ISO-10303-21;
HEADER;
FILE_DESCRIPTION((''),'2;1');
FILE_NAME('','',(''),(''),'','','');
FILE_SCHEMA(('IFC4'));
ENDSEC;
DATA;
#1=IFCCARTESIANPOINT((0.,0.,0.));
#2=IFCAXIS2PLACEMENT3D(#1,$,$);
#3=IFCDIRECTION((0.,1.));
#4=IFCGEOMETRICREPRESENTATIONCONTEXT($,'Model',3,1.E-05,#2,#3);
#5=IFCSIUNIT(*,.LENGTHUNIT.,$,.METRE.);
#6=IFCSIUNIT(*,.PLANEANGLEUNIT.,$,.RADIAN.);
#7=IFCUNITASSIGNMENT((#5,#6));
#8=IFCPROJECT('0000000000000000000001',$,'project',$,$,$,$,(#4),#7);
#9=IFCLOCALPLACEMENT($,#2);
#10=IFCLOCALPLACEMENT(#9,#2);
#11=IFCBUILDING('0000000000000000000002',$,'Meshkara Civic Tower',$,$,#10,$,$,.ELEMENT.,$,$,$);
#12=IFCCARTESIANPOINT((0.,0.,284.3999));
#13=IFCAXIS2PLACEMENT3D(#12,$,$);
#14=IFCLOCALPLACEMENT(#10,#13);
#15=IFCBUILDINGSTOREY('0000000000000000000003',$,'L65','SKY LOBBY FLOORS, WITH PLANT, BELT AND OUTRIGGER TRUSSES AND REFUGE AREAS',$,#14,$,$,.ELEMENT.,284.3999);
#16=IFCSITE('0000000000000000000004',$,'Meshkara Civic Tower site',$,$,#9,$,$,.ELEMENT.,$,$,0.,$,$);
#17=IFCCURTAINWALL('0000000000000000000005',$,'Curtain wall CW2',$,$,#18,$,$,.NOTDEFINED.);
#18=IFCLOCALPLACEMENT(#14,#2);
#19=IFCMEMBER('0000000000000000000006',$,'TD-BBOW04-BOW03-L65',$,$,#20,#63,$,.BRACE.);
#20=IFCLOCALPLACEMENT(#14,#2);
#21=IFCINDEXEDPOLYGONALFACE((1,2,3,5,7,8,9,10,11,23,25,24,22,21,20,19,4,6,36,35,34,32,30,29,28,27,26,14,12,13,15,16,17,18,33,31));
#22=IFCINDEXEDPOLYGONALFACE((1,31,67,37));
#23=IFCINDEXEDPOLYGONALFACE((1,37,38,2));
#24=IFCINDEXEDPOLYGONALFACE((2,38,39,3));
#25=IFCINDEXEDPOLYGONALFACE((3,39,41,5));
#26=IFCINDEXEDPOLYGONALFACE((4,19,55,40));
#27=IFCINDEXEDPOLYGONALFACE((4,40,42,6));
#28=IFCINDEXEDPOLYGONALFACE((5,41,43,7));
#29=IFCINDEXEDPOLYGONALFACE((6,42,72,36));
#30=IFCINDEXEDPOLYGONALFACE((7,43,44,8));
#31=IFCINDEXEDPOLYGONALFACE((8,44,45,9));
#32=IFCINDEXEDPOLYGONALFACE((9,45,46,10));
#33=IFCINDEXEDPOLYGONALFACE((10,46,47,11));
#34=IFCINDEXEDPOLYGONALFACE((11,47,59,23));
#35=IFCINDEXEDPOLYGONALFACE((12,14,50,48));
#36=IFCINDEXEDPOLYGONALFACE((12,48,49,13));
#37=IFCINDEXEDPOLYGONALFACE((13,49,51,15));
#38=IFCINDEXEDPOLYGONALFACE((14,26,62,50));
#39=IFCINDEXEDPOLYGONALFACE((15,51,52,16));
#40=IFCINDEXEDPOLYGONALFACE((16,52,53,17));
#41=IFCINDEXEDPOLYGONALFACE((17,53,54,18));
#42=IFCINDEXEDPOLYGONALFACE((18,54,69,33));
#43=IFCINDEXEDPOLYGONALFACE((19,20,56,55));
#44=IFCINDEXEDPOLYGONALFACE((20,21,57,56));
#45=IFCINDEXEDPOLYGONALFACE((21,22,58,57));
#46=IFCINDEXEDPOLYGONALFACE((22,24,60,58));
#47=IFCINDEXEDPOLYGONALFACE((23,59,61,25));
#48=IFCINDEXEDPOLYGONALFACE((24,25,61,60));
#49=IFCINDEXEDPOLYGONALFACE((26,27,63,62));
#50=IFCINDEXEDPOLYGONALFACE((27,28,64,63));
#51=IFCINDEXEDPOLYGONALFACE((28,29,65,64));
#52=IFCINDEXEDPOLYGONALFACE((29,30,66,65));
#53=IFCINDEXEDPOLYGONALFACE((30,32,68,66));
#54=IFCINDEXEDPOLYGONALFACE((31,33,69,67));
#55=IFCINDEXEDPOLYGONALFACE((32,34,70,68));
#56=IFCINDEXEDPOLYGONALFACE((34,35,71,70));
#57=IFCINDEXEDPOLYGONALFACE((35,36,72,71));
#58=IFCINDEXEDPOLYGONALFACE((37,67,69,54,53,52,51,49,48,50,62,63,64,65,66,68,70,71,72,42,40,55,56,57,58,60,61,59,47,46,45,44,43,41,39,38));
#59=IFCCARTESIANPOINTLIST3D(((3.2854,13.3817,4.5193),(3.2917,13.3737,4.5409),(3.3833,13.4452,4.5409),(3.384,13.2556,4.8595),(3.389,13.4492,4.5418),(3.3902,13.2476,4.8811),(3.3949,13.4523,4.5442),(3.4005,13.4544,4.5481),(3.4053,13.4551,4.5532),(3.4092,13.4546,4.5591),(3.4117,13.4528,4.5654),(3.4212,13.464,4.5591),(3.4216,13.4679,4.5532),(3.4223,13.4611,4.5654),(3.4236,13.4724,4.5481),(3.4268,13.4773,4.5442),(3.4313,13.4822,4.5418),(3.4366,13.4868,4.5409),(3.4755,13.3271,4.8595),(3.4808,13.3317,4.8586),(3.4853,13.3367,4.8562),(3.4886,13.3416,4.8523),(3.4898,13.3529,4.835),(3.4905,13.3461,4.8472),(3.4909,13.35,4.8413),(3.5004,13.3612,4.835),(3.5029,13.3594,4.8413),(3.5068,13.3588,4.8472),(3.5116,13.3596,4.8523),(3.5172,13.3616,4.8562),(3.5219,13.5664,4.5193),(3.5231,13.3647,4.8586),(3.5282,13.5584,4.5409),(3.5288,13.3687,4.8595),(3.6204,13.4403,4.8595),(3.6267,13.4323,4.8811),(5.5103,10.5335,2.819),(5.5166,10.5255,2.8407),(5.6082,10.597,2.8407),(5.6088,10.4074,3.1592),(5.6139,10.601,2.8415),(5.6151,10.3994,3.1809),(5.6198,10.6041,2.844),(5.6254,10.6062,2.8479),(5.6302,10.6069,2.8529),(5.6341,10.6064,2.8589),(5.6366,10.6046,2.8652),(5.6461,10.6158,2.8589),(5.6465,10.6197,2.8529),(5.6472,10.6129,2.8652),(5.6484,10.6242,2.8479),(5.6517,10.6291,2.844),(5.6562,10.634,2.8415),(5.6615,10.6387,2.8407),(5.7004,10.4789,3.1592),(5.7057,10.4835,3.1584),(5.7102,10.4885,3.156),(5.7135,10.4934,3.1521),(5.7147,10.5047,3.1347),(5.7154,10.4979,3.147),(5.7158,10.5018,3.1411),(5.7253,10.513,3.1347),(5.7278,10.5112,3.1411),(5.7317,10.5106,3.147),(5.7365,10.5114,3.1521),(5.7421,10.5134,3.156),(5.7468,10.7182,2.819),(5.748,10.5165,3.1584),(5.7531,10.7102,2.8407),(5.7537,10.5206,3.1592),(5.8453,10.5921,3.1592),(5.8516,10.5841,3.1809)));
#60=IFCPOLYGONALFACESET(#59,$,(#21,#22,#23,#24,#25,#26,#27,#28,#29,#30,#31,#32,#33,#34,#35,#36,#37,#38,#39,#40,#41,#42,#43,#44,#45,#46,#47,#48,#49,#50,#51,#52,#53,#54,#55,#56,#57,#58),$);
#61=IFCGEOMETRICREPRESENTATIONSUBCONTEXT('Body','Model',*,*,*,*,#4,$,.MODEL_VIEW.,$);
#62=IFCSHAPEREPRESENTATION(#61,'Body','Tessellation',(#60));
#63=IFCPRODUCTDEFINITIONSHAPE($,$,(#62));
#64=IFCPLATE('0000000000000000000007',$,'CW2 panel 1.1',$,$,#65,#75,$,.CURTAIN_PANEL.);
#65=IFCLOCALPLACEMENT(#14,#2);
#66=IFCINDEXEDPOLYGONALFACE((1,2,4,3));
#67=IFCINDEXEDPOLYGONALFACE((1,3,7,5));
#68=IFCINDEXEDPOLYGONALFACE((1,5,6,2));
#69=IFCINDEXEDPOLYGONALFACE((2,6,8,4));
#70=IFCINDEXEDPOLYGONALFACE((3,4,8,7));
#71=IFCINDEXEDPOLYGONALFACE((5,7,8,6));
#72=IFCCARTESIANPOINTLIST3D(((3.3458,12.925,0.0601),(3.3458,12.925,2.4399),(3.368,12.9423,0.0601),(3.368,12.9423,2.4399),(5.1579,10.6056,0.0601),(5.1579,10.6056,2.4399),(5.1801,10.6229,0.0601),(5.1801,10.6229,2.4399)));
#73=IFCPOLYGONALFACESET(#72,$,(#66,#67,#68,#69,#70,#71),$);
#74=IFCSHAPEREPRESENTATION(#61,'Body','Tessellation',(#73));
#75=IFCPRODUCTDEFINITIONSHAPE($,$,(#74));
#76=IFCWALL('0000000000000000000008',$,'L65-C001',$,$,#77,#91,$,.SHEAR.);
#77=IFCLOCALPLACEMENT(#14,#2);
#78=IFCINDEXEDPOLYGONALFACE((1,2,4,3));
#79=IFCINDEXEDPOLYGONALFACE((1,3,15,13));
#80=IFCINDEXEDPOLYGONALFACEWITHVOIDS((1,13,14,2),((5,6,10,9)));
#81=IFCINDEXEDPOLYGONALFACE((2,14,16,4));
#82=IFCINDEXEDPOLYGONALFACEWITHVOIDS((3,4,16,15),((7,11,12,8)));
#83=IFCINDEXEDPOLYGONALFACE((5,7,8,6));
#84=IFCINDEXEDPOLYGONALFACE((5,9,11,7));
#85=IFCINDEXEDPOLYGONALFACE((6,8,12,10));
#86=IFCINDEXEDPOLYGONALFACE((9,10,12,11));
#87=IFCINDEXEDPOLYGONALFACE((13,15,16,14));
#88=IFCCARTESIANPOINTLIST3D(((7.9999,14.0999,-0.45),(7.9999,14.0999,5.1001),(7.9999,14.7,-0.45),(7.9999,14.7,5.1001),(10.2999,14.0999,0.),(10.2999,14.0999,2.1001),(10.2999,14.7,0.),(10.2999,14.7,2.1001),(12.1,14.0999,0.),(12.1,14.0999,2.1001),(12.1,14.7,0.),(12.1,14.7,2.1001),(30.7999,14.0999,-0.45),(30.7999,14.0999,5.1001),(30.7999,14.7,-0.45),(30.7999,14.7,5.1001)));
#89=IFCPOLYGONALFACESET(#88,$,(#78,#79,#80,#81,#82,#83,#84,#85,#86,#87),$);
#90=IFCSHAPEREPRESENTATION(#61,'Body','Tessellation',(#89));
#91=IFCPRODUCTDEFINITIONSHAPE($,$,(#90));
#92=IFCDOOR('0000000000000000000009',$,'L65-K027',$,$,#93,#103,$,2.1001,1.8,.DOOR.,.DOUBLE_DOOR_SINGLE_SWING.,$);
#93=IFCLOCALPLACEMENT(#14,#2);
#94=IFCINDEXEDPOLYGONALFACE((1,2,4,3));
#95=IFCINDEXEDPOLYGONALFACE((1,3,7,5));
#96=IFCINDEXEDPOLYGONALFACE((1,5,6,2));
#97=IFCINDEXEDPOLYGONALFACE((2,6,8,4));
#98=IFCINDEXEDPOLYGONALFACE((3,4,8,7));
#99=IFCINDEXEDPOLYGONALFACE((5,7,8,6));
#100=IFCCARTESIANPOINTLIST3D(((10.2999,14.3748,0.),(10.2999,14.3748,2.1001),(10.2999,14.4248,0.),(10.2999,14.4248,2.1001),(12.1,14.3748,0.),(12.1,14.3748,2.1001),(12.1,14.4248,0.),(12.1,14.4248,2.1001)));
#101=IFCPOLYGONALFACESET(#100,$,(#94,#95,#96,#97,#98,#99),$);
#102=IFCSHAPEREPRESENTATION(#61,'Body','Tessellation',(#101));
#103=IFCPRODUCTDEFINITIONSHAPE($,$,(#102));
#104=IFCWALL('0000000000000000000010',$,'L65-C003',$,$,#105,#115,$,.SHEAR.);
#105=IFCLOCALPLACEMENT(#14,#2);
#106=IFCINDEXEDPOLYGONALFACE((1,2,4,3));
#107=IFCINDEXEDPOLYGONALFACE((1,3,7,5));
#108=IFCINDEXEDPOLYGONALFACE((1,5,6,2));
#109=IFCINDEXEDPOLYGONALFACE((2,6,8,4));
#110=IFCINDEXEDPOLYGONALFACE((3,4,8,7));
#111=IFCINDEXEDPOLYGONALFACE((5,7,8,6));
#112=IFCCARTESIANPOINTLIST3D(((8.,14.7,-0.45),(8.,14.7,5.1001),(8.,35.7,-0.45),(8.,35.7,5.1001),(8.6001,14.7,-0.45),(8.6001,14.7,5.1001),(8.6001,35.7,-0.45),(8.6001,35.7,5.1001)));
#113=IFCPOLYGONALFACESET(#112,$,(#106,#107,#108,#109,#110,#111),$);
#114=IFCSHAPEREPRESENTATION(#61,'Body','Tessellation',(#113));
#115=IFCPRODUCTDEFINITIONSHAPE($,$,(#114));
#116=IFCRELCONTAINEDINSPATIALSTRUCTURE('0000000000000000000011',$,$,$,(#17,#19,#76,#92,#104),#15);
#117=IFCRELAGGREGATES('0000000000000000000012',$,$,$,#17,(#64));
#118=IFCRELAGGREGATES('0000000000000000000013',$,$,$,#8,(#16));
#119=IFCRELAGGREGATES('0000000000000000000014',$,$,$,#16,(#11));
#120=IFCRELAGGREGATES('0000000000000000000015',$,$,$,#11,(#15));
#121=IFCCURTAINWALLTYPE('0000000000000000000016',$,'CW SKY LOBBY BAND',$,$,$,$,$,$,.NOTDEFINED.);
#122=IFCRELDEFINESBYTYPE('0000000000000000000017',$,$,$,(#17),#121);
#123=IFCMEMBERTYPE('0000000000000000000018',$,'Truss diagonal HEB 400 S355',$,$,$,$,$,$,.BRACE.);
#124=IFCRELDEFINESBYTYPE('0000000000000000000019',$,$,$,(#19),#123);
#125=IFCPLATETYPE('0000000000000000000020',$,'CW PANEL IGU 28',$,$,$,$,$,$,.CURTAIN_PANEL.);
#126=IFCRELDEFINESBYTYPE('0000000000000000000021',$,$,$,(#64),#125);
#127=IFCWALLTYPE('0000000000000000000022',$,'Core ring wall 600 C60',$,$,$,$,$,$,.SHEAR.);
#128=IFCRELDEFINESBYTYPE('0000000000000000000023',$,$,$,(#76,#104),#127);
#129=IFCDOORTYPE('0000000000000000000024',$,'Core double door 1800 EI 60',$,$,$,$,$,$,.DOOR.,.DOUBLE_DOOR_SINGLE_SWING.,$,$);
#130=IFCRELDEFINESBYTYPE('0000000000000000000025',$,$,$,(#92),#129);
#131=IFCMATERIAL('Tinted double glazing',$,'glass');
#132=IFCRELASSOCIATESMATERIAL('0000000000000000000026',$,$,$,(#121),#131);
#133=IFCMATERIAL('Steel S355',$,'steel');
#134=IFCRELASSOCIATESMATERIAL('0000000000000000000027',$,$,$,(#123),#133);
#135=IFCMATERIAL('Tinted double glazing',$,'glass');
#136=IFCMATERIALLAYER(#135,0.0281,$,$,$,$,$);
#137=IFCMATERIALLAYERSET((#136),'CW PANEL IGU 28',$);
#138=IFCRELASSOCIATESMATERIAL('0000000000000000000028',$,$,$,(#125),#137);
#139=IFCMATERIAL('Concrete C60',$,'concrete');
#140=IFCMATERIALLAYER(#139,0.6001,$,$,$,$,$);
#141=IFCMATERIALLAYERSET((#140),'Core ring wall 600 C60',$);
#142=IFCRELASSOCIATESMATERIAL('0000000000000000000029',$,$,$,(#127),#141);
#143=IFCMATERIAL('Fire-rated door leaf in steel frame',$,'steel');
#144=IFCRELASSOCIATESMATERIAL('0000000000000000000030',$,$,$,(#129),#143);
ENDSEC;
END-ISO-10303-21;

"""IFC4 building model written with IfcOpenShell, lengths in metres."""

from ifc_helpers import new_model, si_unit, direction, frame, frame_2d, origin, origin_2d, place, context, subcontext, project, spatial, rectangle, i_section, extrude, material, layer, layer_set, material_profile, profile_set, type_object, element, fill, aggregate, save


model = new_model("IFC4")

# Units and contexts
model_context = context("Model", 3, precision=1e-05, world=origin(), true_north=direction((0.0, 1.0)))
body_context = subcontext(model_context, "Body", "Model", "MODEL_VIEW")
ifc_project = project(units=[si_unit("LENGTHUNIT", "METRE"), si_unit("PLANEANGLEUNIT", "RADIAN")], contexts=[model_context])

# Site, building, storey
site_placement = place(None, origin())
site = spatial("IfcSite", under=ifc_project, at=site_placement, Name="Meshkara Civic Tower site", CompositionType="ELEMENT", RefElevation=0.0)
building_placement = place(site_placement, origin())
building = spatial("IfcBuilding", under=site, at=building_placement, Name="Meshkara Civic Tower", CompositionType="ELEMENT")
storey_placement = place(building_placement, frame((0.0, 0.0, 284.3999)))
storey = spatial("IfcBuildingStorey", under=building, at=storey_placement, Name="L65", Description="SKY LOBBY FLOORS, WITH PLANT, BELT AND OUTRIGGER TRUSSES AND REFUGE AREAS", CompositionType="ELEMENT", Elevation=284.3999)

# Shared definitions
ifc_material_1 = material(Name="Tinted double glazing", Category="glass")
curtain_wall_type = type_object("IfcCurtainWallType", Name="CW SKY LOBBY BAND", PredefinedType="NOTDEFINED", material=ifc_material_1)

# Curtain wall
curtain_wall_1_placement = place(storey_placement, origin())
curtain_wall_1 = element("IfcCurtainWall", 1, at=curtain_wall_1_placement, inside=storey, type_object=curtain_wall_type, Name="Curtain wall CW2", PredefinedType="NOTDEFINED")

# Member
ifc_material_2 = material(Name="Steel S355", Category="steel")
ifc_material_profile_1 = material_profile(ifc_material_2, i_section(OverallWidth=0.3, OverallDepth=0.3999, WebThickness=0.0134, FlangeThickness=0.0239, FilletRadius=0.0271, at=origin_2d()))
ifc_profile_set_1 = profile_set([ifc_material_profile_1], Name="Steel S355")
member_type_1 = type_object("IfcMemberType", Name="Truss diagonal HEB 400 S355", PredefinedType="BRACE", material=ifc_profile_set_1)
member_1_placement = place(storey_placement, frame((3.4561, 13.407, 4.7002), z_axis=(0.55704, -0.713094, -0.42568), x_axis=(0.788059, 0.615599, 0.0)))
element("IfcMember", 2, at=member_1_placement, inside=storey, type_object=member_type_1, Name="TD-BBOW04-BOW03-L65", PredefinedType="BRACE", context=body_context, shape_type="SweptSolid", body=[
    extrude(i_section(OverallWidth=0.3, OverallDepth=0.3999, WebThickness=0.0134, FlangeThickness=0.0239, FilletRadius=0.0271, at=origin_2d()), origin(), (0.0, 0.0, 1.0), 3.9941),
])

# Plate
ifc_material_3 = material(Name="Tinted double glazing", Category="glass")
ifc_layer_1 = layer(ifc_material_3, 0.0281)
ifc_layer_set_1 = layer_set([ifc_layer_1], Name="CW PANEL IGU 28")
plate_type = type_object("IfcPlateType", Name="CW PANEL IGU 28", PredefinedType="CURTAIN_PANEL", material=ifc_layer_set_1)
plate_placement = place(storey_placement, frame((4.2629, 11.7739, 0.0601), z_axis=(0.0, 0.0, 1.0), x_axis=(0.615657, -0.788014, 0.0)))
plate = element("IfcPlate", 3, at=plate_placement, type_object=plate_type, Name="CW2 panel 1.1", PredefinedType="CURTAIN_PANEL", context=body_context, shape_type="SweptSolid", body=[
    extrude(rectangle(XDim=2.9434, YDim=0.0281, at=origin_2d()), origin(), (0.0, 0.0, 1.0), 2.3799),
])
aggregate(curtain_wall_1, [plate])

# Wall, opening, door
ifc_material_4 = material(Name="Concrete C60", Category="concrete")
ifc_layer_2 = layer(ifc_material_4, 0.6001)
ifc_layer_set_2 = layer_set([ifc_layer_2], Name="Core ring wall 600 C60")
wall_type_1 = type_object("IfcWallType", Name="Core ring wall 600 C60", PredefinedType="SHEAR", material=ifc_layer_set_2)
wall_1_placement = place(storey_placement, frame((8.0, 14.3999, -0.45), z_axis=(0.0, 0.0, 1.0), x_axis=(1.0, 0.0, 0.0)))
wall_1 = element("IfcWall", 4, at=wall_1_placement, inside=storey, type_object=wall_type_1, Name="L65-C001", PredefinedType="SHEAR", context=body_context, shape_type="SweptSolid", body=[
    extrude(rectangle(XDim=22.8, YDim=0.6001, at=frame_2d((11.3999, 0.0))), origin(), (0.0, 0.0, 1.0), 5.55),
])
opening_1_placement = place(wall_1_placement, frame((2.3, 0.0, 0.45)))
opening_1 = element("IfcOpeningElement", 5, at=opening_1_placement, cuts=wall_1, PredefinedType="OPENING", context=body_context, shape_type="SweptSolid", body=[
    extrude(rectangle(XDim=1.8, YDim=2.1001, at=frame_2d((0.8999, 1.05))), frame((0.0, 0.3101, 0.0), z_axis=(0.0, -1.0, 0.0), x_axis=(1.0, 0.0, 0.0)), (0.0, 0.0, 1.0), 0.6201),
])
ifc_material_5 = material(Name="Fire-rated door leaf in steel frame", Category="steel")
door_type_1 = type_object("IfcDoorType", Name="Core double door 1800 EI 60", OperationType="DOUBLE_DOOR_SINGLE_SWING", PredefinedType="DOOR", material=ifc_material_5)
door_1_placement = place(opening_1_placement, origin())
door_1 = element("IfcDoor", 6, at=door_1_placement, inside=storey, type_object=door_type_1, Name="L65-K027", OperationType="DOUBLE_DOOR_SINGLE_SWING", OverallHeight=2.1001, OverallWidth=1.8, PredefinedType="DOOR", context=body_context, shape_type="SweptSolid", body=[
    extrude(rectangle(XDim=1.8, YDim=2.1001, at=frame_2d((0.8999, 1.05))), frame((0.0, 0.0249, 0.0), z_axis=(0.0, -1.0, 0.0), x_axis=(1.0, 0.0, 0.0)), (0.0, 0.0, 1.0), 0.05),
])
fill(opening_1, door_1)

# Wall
wall_2_placement = place(storey_placement, frame((8.3, 14.7, -0.45), z_axis=(0.0, 0.0, 1.0), x_axis=(0.0, 1.0, 0.0)))
element("IfcWall", 7, at=wall_2_placement, inside=storey, type_object=wall_type_1, Name="L65-C003", PredefinedType="SHEAR", context=body_context, shape_type="SweptSolid", body=[
    extrude(rectangle(XDim=21.0, YDim=0.6001, at=frame_2d((10.5, 0.0))), origin(), (0.0, 0.0, 1.0), 5.55),
])

save(model, "model.ifc")
